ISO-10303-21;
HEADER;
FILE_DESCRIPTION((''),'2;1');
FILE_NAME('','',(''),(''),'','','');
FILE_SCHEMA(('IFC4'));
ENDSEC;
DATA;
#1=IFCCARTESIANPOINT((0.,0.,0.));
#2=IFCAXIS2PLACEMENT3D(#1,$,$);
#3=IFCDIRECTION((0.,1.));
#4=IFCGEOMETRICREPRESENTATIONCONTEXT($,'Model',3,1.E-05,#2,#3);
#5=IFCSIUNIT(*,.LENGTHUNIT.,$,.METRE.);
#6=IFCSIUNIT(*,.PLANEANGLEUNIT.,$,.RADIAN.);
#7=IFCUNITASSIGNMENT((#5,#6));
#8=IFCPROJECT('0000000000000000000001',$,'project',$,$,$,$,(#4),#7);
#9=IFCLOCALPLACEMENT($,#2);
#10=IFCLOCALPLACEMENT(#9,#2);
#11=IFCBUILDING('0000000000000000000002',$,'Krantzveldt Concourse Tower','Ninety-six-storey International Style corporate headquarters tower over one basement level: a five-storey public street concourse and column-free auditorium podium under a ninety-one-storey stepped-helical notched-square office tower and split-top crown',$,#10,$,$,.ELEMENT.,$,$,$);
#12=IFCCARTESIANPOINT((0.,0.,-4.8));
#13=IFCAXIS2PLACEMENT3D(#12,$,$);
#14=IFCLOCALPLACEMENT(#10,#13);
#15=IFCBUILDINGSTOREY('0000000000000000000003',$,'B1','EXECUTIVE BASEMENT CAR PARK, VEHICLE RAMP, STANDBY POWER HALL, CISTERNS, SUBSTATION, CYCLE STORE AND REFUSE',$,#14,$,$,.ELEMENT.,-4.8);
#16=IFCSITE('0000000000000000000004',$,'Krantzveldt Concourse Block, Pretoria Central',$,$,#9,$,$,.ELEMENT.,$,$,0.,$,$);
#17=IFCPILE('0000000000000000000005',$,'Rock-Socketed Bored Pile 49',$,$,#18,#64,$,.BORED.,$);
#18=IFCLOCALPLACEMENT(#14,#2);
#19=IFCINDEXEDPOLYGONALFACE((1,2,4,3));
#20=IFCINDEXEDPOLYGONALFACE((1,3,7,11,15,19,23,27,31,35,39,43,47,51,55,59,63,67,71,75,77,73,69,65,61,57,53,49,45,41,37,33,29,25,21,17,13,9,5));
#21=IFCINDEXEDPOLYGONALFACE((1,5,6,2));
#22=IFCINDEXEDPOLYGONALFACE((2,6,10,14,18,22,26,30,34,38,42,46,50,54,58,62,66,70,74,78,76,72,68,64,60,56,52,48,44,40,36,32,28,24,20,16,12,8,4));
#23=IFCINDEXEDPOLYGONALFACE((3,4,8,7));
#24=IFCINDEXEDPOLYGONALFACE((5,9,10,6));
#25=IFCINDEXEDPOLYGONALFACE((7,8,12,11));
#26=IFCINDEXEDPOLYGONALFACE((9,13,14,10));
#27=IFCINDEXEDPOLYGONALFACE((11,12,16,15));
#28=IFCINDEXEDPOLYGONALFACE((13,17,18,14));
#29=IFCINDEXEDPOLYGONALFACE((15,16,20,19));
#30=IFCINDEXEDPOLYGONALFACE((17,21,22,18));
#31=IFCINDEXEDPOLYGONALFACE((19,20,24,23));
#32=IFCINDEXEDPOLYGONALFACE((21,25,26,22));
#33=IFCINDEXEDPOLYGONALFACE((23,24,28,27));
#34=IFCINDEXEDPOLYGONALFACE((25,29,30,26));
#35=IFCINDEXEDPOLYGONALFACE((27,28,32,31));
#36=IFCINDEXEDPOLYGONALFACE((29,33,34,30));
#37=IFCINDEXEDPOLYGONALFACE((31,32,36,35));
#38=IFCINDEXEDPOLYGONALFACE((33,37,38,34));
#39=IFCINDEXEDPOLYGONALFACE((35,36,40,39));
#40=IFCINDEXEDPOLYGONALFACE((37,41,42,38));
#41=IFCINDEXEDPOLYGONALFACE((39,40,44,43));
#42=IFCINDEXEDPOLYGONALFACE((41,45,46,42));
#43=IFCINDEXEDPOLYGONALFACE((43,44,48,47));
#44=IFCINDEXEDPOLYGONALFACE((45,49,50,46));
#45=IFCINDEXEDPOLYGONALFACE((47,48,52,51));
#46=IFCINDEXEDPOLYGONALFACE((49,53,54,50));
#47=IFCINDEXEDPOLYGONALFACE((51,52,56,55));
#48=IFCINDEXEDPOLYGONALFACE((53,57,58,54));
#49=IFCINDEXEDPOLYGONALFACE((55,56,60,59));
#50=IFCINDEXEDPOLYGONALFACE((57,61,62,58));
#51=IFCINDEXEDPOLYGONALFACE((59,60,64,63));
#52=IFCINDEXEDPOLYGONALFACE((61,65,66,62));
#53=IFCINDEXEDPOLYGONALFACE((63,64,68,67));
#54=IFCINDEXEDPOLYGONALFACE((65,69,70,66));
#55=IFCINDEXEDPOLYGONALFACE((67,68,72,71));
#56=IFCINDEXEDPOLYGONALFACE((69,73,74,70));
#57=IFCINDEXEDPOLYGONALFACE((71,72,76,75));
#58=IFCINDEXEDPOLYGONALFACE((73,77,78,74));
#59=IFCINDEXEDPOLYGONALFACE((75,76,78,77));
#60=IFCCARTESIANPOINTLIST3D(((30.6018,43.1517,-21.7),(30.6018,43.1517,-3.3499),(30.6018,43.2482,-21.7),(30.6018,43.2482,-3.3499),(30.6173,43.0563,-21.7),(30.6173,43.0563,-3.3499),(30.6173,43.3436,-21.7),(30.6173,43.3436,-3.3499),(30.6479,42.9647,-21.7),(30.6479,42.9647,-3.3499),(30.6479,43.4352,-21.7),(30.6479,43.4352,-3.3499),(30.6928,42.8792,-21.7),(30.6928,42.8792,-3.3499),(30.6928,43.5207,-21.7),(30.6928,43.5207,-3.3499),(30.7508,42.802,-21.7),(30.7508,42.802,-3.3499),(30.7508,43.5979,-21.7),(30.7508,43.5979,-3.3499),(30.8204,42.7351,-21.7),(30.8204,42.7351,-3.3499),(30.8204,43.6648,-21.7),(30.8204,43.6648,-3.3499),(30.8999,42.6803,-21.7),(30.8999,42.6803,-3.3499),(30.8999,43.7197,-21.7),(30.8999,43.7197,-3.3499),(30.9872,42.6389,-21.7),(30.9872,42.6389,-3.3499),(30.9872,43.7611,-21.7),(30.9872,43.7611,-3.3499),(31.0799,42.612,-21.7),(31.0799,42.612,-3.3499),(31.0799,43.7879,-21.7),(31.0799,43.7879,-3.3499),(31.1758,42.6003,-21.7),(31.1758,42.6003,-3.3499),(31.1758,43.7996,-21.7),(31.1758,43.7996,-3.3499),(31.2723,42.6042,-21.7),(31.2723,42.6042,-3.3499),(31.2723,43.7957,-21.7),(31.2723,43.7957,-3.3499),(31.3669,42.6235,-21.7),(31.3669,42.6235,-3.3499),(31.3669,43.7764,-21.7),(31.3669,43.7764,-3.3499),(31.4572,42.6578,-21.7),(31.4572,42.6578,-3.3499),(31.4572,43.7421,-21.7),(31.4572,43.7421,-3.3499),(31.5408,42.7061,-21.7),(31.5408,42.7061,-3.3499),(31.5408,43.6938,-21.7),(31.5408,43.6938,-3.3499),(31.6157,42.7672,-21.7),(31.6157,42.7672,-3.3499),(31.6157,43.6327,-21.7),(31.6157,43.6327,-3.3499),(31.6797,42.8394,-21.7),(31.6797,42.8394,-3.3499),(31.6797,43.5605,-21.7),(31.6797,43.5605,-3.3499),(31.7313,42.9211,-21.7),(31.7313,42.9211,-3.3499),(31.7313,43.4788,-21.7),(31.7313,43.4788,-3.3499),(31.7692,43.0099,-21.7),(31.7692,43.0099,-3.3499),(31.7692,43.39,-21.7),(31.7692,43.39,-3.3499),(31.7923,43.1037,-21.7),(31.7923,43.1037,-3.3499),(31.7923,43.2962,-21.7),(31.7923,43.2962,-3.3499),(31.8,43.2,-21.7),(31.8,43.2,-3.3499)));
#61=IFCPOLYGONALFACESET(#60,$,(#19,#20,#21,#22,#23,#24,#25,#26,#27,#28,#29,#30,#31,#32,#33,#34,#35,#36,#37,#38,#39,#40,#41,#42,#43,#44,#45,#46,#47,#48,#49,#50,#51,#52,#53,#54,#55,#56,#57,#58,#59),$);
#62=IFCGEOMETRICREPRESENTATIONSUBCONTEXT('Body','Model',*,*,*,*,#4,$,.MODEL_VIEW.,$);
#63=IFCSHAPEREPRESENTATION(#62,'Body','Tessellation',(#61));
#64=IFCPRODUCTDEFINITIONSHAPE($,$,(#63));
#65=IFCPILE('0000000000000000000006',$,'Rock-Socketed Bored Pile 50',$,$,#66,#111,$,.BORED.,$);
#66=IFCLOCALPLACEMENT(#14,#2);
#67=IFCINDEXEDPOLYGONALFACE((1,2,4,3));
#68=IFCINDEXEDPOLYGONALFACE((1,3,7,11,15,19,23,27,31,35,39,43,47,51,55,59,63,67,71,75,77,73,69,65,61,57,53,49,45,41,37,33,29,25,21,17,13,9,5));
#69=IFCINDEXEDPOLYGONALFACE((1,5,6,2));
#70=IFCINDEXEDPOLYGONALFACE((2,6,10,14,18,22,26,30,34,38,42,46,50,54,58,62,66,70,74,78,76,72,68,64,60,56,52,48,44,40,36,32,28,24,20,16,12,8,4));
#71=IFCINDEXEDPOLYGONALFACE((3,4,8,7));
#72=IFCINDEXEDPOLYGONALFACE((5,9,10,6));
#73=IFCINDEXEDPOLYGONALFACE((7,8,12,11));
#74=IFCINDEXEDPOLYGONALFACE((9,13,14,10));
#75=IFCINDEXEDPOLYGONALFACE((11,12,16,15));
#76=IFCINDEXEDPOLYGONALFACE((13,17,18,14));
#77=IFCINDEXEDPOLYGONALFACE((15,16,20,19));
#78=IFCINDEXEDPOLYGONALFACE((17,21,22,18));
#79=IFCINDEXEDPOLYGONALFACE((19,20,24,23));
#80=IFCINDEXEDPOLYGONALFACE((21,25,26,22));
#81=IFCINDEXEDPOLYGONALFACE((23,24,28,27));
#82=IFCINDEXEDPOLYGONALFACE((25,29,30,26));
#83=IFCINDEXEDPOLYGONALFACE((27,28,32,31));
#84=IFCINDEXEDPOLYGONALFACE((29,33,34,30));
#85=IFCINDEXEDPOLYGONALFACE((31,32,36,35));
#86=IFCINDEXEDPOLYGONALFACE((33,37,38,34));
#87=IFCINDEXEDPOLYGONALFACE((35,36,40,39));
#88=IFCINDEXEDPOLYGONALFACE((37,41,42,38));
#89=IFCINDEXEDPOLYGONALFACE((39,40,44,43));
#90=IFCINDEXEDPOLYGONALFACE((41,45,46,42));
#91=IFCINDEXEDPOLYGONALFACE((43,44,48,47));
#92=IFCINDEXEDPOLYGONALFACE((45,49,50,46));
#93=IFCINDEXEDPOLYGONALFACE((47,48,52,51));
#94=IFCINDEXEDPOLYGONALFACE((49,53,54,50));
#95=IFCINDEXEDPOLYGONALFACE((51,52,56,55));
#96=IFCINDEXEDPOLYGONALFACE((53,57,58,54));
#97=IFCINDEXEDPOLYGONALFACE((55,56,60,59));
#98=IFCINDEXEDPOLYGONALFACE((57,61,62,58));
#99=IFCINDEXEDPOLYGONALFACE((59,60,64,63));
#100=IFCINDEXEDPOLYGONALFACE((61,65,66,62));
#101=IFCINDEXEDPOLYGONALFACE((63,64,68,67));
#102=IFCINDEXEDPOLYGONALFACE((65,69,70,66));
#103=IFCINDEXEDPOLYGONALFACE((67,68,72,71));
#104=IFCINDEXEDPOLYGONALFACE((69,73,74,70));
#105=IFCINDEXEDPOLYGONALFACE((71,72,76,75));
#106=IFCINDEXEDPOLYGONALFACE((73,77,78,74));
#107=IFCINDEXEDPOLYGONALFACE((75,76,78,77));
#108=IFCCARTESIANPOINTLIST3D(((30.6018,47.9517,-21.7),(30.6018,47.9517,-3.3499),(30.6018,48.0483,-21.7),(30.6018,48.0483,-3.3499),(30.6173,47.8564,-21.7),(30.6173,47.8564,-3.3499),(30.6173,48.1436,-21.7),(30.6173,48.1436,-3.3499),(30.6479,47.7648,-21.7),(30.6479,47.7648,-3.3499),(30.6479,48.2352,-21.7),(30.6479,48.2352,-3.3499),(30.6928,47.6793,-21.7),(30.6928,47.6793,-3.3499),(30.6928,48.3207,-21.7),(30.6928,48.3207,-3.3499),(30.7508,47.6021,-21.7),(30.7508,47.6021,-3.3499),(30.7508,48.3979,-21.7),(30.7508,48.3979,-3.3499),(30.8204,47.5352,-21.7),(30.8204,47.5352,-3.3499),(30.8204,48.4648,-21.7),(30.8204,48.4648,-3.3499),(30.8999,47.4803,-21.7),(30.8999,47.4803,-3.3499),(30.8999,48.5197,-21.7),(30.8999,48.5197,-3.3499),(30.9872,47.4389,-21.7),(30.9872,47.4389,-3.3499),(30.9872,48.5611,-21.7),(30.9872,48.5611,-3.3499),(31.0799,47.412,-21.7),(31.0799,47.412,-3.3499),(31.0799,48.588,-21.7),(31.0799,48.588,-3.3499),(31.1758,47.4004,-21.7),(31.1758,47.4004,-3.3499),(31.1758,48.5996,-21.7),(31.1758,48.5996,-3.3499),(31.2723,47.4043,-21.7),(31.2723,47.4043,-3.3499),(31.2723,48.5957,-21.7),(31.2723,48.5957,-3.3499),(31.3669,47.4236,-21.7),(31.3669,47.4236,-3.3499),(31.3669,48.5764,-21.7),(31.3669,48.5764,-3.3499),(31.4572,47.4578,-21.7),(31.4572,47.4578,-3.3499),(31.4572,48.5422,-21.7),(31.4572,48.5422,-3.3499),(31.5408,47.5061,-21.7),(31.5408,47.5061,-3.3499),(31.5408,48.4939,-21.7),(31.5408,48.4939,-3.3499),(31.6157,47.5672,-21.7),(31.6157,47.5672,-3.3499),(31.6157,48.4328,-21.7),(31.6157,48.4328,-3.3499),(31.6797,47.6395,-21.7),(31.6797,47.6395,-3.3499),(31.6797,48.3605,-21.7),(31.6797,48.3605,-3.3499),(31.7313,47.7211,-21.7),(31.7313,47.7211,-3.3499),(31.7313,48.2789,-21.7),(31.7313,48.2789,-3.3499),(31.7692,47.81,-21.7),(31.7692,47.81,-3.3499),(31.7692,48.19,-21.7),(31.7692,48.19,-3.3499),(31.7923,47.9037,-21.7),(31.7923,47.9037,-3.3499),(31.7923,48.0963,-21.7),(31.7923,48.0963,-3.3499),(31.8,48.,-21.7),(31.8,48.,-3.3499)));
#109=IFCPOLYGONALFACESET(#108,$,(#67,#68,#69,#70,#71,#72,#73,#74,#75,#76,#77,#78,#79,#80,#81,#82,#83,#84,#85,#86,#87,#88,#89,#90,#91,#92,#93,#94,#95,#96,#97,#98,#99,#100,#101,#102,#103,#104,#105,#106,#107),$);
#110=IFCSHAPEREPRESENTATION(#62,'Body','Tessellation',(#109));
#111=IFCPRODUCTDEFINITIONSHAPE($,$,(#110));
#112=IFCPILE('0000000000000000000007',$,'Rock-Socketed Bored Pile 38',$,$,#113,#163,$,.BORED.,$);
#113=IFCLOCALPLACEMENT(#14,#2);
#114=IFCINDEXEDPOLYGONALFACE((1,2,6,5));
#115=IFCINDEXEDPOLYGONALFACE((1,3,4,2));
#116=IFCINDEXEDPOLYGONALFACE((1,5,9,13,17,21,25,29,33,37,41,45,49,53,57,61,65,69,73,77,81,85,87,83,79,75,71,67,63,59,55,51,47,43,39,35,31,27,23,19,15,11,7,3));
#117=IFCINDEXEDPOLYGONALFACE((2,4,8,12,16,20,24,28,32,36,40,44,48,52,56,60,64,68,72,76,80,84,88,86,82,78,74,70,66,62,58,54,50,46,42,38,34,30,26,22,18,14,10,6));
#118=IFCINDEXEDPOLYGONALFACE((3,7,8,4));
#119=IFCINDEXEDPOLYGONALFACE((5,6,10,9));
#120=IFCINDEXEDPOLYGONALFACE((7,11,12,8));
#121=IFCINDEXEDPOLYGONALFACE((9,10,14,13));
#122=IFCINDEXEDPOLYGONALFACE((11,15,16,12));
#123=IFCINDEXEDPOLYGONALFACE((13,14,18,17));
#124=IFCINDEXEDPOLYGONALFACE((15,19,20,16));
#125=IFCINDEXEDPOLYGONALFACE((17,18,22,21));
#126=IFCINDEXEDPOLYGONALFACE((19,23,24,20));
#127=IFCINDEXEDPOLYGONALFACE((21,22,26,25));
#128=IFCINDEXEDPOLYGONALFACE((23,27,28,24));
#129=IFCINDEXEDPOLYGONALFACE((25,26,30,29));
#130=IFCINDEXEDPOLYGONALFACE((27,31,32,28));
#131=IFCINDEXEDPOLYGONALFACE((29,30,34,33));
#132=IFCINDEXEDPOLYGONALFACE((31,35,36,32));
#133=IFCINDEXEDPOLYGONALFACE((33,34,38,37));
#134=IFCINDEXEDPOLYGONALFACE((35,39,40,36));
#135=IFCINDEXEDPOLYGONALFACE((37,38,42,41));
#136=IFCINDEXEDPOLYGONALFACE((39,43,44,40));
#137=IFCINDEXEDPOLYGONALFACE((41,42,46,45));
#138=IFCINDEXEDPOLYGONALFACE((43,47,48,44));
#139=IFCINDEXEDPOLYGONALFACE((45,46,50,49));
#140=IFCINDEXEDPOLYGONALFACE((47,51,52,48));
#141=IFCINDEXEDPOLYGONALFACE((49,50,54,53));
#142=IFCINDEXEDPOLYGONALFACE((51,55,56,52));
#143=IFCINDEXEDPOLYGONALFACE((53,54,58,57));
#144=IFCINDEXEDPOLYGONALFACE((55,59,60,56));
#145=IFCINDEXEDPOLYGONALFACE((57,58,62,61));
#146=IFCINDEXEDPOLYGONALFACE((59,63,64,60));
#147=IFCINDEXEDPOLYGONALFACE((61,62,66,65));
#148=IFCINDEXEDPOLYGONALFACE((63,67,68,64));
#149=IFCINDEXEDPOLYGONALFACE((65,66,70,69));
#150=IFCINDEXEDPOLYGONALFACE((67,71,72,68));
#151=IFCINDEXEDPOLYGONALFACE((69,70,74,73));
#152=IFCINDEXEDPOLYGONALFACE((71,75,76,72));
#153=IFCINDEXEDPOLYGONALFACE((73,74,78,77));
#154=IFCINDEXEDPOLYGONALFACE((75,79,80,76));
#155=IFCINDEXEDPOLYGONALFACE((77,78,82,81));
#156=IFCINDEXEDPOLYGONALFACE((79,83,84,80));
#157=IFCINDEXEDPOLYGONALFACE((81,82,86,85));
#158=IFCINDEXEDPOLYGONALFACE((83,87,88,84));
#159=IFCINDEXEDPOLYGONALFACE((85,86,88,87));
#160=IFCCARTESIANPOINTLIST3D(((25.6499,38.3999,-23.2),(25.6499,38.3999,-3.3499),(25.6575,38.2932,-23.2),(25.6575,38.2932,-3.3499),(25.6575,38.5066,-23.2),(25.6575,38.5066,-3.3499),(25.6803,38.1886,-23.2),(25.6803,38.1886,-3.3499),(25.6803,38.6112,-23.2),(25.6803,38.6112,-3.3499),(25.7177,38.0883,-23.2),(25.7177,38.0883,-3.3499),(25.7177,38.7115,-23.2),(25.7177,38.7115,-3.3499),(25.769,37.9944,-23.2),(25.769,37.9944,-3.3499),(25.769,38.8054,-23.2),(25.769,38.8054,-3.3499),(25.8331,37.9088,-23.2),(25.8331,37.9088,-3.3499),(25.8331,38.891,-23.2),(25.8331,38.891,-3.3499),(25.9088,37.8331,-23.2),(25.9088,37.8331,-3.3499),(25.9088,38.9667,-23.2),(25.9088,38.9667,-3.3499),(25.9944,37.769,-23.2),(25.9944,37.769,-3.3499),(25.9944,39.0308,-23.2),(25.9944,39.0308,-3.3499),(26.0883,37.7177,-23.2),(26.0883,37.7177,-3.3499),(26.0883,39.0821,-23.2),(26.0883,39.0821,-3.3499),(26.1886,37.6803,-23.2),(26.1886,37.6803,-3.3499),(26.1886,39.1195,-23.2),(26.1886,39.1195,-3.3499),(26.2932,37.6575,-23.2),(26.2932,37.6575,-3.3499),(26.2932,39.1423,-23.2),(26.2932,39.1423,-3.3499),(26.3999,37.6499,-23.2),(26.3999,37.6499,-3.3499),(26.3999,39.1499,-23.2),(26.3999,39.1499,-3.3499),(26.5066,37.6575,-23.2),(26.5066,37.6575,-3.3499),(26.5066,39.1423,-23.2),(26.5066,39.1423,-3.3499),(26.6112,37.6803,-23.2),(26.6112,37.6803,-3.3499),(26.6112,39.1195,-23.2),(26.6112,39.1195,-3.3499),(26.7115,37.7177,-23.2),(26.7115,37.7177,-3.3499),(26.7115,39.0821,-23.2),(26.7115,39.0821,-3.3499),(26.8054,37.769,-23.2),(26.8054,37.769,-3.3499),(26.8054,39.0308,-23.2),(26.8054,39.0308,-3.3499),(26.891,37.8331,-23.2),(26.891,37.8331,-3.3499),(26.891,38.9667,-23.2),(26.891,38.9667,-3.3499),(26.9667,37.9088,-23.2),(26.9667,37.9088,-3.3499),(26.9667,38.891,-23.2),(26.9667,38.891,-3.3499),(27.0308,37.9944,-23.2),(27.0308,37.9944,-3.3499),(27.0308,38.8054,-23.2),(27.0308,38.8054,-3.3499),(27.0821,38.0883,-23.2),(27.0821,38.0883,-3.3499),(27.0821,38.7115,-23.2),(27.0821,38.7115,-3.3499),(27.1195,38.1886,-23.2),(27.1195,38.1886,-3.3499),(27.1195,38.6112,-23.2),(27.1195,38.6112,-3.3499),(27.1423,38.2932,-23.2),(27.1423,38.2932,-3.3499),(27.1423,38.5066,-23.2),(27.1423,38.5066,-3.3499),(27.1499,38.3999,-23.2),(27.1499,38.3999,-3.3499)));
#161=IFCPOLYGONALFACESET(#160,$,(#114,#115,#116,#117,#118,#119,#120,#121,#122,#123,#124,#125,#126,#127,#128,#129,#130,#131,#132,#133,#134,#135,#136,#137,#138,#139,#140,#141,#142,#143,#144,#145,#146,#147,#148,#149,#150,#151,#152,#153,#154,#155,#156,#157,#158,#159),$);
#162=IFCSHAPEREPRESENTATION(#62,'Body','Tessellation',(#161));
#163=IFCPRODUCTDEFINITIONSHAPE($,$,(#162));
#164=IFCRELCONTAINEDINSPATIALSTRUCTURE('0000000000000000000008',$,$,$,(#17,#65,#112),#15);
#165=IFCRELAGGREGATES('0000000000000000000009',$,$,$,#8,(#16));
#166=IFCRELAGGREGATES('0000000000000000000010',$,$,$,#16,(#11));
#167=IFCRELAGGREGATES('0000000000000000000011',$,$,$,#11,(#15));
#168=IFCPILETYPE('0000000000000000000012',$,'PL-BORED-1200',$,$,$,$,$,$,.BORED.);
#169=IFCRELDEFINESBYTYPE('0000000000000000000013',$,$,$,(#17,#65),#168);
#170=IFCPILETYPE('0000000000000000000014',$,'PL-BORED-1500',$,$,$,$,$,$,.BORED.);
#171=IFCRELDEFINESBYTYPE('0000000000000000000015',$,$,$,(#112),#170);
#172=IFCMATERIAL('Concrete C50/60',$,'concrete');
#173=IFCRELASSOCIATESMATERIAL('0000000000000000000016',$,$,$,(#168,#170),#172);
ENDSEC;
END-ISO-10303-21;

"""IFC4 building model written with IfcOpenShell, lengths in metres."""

from ifc_helpers import new_model, si_unit, direction, frame, origin, origin_2d, place, context, subcontext, project, spatial, circle, extrude, source, transform, mapped, material, material_profile, profile_set, type_object, type_shapes, element, save


model = new_model("IFC4")

# Units and contexts
model_context = context("Model", 3, precision=1e-05, world=origin(), true_north=direction((0.0, 1.0)))
body_context = subcontext(model_context, "Body", "Model", "MODEL_VIEW")
ifc_project = project(units=[si_unit("LENGTHUNIT", "METRE"), si_unit("PLANEANGLEUNIT", "RADIAN")], contexts=[model_context])

# Site, building, storey
site_placement = place(None, origin())
site = spatial("IfcSite", under=ifc_project, at=site_placement, Name="Krantzveldt Concourse Block, Pretoria Central", CompositionType="ELEMENT", RefElevation=0.0)
building_placement = place(site_placement, origin())
building = spatial("IfcBuilding", under=site, at=building_placement, Name="Krantzveldt Concourse Tower", Description="Ninety-six-storey International Style corporate headquarters tower over one basement level: a five-storey public street concourse and column-free auditorium podium under a ninety-one-storey stepped-helical notched-square office tower and split-top crown", CompositionType="ELEMENT")
storey_placement = place(building_placement, frame((0.0, 0.0, -4.8)))
storey = spatial("IfcBuildingStorey", under=building, at=storey_placement, Name="B1", Description="EXECUTIVE BASEMENT CAR PARK, VEHICLE RAMP, STANDBY POWER HALL, CISTERNS, SUBSTATION, CYCLE STORE AND REFUSE", CompositionType="ELEMENT", Elevation=-4.8)

# Piles
ifc_material_1 = material(Name="Concrete C50/60", Category="concrete")
ifc_material_profile_1 = material_profile(ifc_material_1, circle(Radius=0.6001, at=origin_2d()), Name="Concrete C50/60", Category="concrete")
ifc_profile_set_1 = profile_set([ifc_material_profile_1], Name="Concrete C50/60 - PILE D1200")
pile_type_1 = type_object("IfcPileType", Name="PL-BORED-1200", PredefinedType="BORED", material=ifc_profile_set_1)
shared_shape_1 = source(origin(), body_context, "Body", "SweptSolid", [
    extrude(circle(Radius=0.6001, at=origin_2d()), origin(), (0.0, 0.0, 1.0), 18.3501),
])
type_shapes(pile_type_1, [shared_shape_1])
for number, where, z_axis, x_axis, name in (
    (1, (31.2, 43.2, -3.3499), (0.0, 0.0, -1.0), (1.0, 0.0, 0.0), "Rock-Socketed Bored Pile 49"),
    (2, (31.2, 48.0, -3.3499), (0.0, 0.0, -1.0), (1.0, 0.0, 0.0), "Rock-Socketed Bored Pile 50"),
):
    element("IfcPile", number, at=place(storey_placement, frame(where, z_axis=z_axis, x_axis=x_axis)), inside=storey, type_object=pile_type_1, Name=name, PredefinedType="BORED", context=body_context, shape_type="MappedRepresentation", body=[
        mapped(shared_shape_1, transform((0.0, 0.0, 0.0), x_axis=(1.0, 0.0, 0.0), y_axis=(0.0, 1.0, 0.0), z_axis=(0.0, 0.0, 1.0), scale=1.0)),
    ])
ifc_material_profile_2 = material_profile(ifc_material_1, circle(Radius=0.75, at=origin_2d()), Name="Concrete C50/60", Category="concrete")
ifc_profile_set_2 = profile_set([ifc_material_profile_2], Name="Concrete C50/60 - PILE D1500")
pile_type_2 = type_object("IfcPileType", Name="PL-BORED-1500", PredefinedType="BORED", material=ifc_profile_set_2)
shared_shape_2 = source(origin(), body_context, "Body", "SweptSolid", [
    extrude(circle(Radius=0.75, at=origin_2d()), origin(), (0.0, 0.0, 1.0), 19.8501),
])
type_shapes(pile_type_2, [shared_shape_2])
for number, where, z_axis, x_axis, name in (
    (3, (26.3999, 38.3999, -3.3499), (0.0, 0.0, -1.0), (1.0, 0.0, 0.0), "Rock-Socketed Bored Pile 38"),
):
    element("IfcPile", number, at=place(storey_placement, frame(where, z_axis=z_axis, x_axis=x_axis)), inside=storey, type_object=pile_type_2, Name=name, PredefinedType="BORED", context=body_context, shape_type="MappedRepresentation", body=[
        mapped(shared_shape_2, transform((0.0, 0.0, 0.0), x_axis=(1.0, 0.0, 0.0), y_axis=(0.0, 1.0, 0.0), z_axis=(0.0, 0.0, 1.0), scale=1.0)),
    ])

save(model, "model.ifc")
